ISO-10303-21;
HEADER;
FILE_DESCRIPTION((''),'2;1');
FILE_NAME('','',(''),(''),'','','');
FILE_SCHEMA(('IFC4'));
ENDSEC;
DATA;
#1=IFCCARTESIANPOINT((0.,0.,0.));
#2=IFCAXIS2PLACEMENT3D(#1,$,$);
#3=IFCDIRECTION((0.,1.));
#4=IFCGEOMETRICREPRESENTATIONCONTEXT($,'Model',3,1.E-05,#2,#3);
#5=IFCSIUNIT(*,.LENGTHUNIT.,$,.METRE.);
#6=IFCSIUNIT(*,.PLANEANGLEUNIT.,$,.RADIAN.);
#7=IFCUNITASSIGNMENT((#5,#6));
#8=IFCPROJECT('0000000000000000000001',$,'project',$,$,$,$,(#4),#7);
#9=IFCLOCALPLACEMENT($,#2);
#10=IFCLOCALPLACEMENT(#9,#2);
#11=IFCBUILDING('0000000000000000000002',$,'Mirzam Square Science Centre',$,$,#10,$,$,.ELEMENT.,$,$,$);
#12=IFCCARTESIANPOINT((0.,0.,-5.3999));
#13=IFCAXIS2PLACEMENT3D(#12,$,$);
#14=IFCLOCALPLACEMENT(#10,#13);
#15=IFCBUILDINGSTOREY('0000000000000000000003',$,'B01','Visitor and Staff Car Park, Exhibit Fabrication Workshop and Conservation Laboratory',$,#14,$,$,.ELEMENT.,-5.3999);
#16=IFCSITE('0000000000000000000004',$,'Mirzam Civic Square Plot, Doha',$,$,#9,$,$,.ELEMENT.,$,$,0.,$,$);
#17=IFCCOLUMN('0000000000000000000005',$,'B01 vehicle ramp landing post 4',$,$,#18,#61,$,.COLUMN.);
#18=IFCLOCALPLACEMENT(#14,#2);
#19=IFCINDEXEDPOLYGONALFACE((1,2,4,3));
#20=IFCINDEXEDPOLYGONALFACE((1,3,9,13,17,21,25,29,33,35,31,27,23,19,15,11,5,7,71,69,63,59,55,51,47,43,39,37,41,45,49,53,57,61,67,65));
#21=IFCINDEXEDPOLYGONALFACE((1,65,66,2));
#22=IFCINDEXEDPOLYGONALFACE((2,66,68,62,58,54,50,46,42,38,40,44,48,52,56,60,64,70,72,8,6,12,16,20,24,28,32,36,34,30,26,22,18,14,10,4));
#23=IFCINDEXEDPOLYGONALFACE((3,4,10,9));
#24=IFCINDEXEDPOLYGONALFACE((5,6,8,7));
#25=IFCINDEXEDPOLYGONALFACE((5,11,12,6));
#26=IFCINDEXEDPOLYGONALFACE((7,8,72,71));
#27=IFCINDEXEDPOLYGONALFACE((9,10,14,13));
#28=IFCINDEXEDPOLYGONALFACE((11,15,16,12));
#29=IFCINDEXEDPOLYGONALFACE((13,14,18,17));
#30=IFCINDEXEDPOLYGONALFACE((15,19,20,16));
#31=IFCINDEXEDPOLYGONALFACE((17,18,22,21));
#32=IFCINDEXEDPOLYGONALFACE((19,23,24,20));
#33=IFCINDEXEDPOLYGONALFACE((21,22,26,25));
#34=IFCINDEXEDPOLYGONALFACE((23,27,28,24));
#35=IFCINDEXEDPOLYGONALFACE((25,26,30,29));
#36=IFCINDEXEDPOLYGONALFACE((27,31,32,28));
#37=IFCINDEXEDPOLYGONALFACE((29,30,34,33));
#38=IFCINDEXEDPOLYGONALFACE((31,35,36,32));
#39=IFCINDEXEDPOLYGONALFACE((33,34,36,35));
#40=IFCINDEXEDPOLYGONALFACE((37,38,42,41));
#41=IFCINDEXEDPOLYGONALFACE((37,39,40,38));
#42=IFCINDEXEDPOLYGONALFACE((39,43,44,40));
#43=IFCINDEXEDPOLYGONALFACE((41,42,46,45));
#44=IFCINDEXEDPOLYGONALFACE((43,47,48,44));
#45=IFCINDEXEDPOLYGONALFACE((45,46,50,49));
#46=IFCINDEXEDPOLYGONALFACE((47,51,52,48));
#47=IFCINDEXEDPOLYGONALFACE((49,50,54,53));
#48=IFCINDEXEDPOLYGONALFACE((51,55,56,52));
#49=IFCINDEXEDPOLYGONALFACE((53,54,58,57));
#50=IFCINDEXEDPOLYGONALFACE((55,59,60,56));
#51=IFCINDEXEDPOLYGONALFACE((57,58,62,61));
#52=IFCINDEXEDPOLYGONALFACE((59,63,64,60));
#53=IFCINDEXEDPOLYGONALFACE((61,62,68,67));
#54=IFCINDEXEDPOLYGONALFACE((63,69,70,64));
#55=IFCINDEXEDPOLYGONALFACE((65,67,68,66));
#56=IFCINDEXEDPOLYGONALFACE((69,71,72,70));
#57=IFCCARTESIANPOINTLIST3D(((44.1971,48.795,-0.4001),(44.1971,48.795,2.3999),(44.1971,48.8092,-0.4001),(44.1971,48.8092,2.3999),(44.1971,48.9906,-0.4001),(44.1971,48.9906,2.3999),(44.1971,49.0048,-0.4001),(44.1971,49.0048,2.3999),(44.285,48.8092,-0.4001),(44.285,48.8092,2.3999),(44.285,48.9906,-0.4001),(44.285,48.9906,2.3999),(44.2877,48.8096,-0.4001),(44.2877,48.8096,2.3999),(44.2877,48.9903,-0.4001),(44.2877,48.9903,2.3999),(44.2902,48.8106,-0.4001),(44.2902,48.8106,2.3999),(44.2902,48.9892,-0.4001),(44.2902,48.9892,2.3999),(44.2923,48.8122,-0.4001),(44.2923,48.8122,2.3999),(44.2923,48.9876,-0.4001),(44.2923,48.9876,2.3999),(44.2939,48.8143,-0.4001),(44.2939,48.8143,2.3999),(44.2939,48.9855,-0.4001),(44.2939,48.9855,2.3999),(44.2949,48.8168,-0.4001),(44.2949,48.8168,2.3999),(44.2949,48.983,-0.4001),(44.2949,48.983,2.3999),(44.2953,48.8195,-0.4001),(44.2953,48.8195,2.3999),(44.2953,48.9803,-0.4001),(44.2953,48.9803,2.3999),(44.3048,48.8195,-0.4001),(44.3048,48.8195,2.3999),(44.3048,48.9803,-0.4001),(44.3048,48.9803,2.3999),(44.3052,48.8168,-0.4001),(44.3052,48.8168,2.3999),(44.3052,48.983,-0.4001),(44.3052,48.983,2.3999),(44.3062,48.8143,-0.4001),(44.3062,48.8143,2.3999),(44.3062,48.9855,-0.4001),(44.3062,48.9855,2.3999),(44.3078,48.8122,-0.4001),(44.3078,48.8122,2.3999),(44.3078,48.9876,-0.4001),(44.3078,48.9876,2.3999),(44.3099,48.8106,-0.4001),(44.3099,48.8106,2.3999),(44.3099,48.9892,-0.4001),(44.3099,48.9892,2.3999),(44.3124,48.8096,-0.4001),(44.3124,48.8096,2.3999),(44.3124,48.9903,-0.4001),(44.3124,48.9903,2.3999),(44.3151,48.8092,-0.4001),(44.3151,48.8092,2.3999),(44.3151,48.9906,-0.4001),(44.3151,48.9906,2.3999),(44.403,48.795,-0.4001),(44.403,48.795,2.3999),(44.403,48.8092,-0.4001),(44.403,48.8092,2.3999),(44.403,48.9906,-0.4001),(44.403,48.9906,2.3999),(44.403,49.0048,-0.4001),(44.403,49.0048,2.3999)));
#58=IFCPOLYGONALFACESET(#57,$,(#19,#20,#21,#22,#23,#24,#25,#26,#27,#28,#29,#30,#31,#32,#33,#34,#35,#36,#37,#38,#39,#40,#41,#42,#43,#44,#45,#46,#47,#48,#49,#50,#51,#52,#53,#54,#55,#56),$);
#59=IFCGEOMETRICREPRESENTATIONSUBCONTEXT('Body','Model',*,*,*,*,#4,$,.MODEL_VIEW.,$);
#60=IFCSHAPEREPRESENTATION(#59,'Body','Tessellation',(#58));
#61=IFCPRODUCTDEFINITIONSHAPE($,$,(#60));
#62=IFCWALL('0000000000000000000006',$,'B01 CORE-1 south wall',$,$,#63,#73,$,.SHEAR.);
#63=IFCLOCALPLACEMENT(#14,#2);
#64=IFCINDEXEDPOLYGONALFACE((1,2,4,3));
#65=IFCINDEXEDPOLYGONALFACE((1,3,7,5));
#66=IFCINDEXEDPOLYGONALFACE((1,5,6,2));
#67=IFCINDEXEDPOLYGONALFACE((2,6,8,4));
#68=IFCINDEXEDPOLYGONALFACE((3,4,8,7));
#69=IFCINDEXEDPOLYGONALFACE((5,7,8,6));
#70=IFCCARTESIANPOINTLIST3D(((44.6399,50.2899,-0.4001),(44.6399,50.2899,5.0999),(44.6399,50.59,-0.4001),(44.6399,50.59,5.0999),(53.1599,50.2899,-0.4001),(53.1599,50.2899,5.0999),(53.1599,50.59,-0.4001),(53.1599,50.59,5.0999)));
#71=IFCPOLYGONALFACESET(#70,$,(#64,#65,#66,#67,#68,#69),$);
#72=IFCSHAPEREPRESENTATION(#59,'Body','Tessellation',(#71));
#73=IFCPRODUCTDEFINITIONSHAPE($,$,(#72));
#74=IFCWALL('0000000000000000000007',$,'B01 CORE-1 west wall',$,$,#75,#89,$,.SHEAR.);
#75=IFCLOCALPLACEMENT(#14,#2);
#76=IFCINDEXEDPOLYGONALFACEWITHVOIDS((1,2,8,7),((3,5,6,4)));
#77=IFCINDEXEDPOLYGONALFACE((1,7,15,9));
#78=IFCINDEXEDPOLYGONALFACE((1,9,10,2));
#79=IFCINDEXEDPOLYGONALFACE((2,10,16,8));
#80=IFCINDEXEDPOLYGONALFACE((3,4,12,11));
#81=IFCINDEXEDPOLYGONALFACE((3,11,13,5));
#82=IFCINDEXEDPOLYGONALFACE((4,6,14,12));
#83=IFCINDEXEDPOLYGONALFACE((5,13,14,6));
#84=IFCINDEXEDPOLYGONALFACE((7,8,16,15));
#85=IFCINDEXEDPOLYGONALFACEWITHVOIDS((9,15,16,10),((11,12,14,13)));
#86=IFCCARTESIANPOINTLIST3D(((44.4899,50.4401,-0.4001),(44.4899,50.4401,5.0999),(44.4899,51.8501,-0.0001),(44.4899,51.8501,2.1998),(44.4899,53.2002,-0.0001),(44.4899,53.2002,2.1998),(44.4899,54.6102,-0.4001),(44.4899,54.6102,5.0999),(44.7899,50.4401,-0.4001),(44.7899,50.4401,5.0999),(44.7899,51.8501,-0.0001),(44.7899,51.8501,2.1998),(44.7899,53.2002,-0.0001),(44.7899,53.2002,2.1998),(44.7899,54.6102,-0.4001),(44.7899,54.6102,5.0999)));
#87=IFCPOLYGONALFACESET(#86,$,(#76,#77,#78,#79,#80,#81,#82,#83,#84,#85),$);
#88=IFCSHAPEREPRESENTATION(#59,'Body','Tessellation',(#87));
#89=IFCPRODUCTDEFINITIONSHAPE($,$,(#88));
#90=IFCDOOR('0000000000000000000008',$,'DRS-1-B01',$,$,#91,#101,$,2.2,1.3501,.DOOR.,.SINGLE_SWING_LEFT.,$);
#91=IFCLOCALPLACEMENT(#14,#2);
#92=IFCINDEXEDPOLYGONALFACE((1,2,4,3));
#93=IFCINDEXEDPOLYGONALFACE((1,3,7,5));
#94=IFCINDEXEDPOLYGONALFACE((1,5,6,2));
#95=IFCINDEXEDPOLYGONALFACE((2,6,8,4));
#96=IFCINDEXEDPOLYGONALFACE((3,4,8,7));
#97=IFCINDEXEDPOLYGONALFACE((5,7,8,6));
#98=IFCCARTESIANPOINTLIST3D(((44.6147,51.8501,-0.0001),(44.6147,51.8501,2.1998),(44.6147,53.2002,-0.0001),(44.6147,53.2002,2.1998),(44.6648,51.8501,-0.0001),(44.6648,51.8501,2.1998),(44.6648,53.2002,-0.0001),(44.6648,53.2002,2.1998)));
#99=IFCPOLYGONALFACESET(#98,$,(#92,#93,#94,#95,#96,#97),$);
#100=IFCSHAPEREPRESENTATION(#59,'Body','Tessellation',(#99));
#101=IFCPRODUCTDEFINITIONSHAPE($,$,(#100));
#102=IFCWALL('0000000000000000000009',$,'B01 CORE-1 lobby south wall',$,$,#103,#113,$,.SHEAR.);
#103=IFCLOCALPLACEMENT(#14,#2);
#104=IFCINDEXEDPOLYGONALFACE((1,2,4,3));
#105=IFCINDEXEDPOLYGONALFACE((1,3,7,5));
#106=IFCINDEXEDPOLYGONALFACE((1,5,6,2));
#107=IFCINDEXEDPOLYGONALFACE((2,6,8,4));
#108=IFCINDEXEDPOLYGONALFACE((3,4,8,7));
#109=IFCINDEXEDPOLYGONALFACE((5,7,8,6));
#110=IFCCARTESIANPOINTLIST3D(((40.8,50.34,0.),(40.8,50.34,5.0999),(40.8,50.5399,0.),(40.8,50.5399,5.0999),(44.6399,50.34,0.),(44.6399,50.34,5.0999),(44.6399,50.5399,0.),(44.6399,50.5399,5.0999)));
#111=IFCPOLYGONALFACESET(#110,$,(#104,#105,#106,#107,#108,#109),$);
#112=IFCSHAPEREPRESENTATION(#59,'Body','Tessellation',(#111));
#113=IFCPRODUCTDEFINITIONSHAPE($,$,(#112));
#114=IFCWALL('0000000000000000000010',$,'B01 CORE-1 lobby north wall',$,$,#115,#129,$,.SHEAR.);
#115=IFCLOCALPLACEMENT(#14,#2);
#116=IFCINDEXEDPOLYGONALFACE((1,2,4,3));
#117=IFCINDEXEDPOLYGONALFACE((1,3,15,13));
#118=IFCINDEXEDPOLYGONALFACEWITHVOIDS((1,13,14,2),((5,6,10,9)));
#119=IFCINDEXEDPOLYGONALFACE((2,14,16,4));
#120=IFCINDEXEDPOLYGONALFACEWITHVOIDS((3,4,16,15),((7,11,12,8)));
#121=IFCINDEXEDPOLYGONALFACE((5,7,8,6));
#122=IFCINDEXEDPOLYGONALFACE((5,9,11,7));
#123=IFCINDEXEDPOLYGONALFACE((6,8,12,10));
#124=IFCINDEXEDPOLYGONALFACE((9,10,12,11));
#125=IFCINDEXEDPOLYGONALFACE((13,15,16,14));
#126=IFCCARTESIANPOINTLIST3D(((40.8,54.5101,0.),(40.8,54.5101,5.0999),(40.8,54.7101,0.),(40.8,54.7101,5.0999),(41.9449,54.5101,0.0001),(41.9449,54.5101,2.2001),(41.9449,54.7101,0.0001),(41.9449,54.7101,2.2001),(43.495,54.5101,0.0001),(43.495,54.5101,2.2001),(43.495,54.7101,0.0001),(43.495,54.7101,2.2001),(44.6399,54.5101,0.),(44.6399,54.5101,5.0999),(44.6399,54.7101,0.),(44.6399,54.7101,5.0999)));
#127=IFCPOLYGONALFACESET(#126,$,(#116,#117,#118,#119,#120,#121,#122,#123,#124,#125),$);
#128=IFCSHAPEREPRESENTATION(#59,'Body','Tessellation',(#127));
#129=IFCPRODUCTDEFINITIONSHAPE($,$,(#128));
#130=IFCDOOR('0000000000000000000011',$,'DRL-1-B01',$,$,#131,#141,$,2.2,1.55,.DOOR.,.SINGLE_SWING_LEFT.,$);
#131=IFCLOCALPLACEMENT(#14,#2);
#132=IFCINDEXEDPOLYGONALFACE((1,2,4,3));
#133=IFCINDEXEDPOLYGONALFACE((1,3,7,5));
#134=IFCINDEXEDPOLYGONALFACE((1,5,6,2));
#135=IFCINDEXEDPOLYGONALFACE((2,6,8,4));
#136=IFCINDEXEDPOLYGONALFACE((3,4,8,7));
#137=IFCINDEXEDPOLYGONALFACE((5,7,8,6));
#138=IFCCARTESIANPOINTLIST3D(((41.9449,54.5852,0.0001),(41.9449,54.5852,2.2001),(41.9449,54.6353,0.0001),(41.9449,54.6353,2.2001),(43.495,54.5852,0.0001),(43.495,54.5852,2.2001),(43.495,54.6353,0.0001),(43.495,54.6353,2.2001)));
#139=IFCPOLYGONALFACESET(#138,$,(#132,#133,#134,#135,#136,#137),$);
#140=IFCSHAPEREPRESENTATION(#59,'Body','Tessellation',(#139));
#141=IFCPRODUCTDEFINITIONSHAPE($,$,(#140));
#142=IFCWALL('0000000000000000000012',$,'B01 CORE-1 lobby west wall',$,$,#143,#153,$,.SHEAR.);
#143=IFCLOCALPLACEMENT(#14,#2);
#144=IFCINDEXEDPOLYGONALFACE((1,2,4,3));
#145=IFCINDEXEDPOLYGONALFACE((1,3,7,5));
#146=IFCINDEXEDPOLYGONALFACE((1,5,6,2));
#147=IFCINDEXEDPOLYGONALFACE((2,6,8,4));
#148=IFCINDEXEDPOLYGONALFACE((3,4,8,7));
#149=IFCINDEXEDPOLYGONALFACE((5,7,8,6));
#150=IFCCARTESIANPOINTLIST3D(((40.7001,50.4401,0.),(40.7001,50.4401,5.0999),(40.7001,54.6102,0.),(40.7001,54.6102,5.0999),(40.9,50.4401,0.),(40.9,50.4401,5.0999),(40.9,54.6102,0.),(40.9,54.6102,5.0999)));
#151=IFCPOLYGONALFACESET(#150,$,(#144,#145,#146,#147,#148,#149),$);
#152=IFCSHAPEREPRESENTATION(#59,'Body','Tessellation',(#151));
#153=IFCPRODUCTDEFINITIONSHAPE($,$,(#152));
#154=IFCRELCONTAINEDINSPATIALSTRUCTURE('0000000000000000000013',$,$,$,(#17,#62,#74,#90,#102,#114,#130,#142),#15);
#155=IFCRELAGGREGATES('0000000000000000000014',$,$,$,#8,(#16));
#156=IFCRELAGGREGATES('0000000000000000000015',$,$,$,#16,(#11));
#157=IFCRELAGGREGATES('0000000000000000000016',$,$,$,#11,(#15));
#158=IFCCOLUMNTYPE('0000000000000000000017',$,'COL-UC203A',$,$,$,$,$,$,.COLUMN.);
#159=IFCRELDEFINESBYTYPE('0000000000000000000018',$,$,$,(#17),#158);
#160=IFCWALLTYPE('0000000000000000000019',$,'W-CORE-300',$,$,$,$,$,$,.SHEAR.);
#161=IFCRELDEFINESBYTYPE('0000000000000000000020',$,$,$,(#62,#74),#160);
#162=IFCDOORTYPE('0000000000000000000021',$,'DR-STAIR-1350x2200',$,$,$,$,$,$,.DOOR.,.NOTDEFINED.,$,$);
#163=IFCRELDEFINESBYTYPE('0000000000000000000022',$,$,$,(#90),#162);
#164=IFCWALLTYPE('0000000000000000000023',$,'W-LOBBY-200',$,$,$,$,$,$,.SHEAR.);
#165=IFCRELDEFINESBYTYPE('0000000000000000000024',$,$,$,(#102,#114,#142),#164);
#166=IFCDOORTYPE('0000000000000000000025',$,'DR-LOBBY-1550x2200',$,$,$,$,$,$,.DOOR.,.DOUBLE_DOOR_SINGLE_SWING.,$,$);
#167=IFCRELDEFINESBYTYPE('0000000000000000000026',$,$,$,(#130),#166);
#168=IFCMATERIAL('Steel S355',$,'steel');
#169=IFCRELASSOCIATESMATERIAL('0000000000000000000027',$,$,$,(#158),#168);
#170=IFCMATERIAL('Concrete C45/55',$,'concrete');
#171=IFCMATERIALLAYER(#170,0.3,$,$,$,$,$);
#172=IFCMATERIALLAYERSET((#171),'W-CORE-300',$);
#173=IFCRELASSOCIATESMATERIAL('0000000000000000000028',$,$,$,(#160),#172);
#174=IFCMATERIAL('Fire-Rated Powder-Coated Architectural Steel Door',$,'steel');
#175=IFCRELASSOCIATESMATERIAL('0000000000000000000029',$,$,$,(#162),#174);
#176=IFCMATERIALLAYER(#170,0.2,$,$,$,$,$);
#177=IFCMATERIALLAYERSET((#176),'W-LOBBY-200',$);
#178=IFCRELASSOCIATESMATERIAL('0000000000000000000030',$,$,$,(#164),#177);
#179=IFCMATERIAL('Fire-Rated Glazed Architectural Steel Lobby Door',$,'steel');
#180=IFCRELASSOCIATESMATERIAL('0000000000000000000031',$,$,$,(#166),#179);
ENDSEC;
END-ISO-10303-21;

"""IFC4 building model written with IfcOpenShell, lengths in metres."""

from ifc_helpers import new_model, si_unit, direction, frame, frame_2d, origin, origin_2d, place, context, subcontext, project, spatial, rectangle, i_section, extrude, material, layer, layer_set, material_profile, profile_set, type_object, element, fill, save


model = new_model("IFC4")

# Units and contexts
model_context = context("Model", 3, precision=1e-05, world=origin(), true_north=direction((0.0, 1.0)))
body_context = subcontext(model_context, "Body", "Model", "MODEL_VIEW")
ifc_project = project(units=[si_unit("LENGTHUNIT", "METRE"), si_unit("PLANEANGLEUNIT", "RADIAN")], contexts=[model_context])

# Site, building, storey
site_placement = place(None, origin())
site = spatial("IfcSite", under=ifc_project, at=site_placement, Name="Mirzam Civic Square Plot, Doha", CompositionType="ELEMENT", RefElevation=0.0)
building_placement = place(site_placement, origin())
building = spatial("IfcBuilding", under=site, at=building_placement, Name="Mirzam Square Science Centre", CompositionType="ELEMENT")
storey_placement = place(building_placement, frame((0.0, 0.0, -5.3999)))
storey = spatial("IfcBuildingStorey", under=building, at=storey_placement, Name="B01", Description="Visitor and Staff Car Park, Exhibit Fabrication Workshop and Conservation Laboratory", CompositionType="ELEMENT", Elevation=-5.3999)

# Shared definitions
ifc_material_1 = material(Name="Concrete C45/55", Category="concrete")

# Column
ifc_material_2 = material(Name="Steel S355", Category="steel")
ifc_material_profile_1 = material_profile(ifc_material_2, i_section(OverallWidth=0.2058, OverallDepth=0.2097, WebThickness=0.0095, FlangeThickness=0.0142, FilletRadius=0.0103, at=origin_2d()), Name="203x203x60UC")
ifc_profile_set_1 = profile_set([ifc_material_profile_1], Name="Steel S355")
column_type_1 = type_object("IfcColumnType", Name="COL-UC203A", PredefinedType="COLUMN", material=ifc_profile_set_1)
column_placement = place(storey_placement, frame((44.3, 48.8999, -0.4001), z_axis=(0.0, 0.0, 1.0), x_axis=(1.0, 0.0, 0.0)))
element("IfcColumn", 1, at=column_placement, inside=storey, type_object=column_type_1, Name="B01 vehicle ramp landing post 4", PredefinedType="COLUMN", context=body_context, shape_type="SweptSolid", body=[
    extrude(i_section(OverallWidth=0.2058, OverallDepth=0.2097, WebThickness=0.0095, FlangeThickness=0.0142, FilletRadius=0.0103, at=origin_2d()), origin(), (0.0, 0.0, 1.0), 2.8),
])

# Wall
ifc_layer_1 = layer(ifc_material_1, 0.3)
ifc_layer_set_1 = layer_set([ifc_layer_1], Name="W-CORE-300")
wall_type_1 = type_object("IfcWallType", Name="W-CORE-300", PredefinedType="SHEAR", material=ifc_layer_set_1)
wall_1_placement = place(storey_placement, frame((44.6399, 50.4399, -0.4001), z_axis=(0.0, 0.0, 1.0), x_axis=(1.0, 0.0, 0.0)))
element("IfcWall", 2, at=wall_1_placement, inside=storey, type_object=wall_type_1, Name="B01 CORE-1 south wall", PredefinedType="SHEAR", context=body_context, shape_type="SweptSolid", body=[
    extrude(rectangle(XDim=8.52, YDim=0.3, at=frame_2d((4.26, 0.0))), origin(), (0.0, 0.0, 1.0), 5.5),
])

# Wall, opening, door
wall_2_placement = place(storey_placement, frame((44.6399, 54.6101, -0.4001), z_axis=(0.0, 0.0, 1.0), x_axis=(0.0, -1.0, 0.0)))
wall_2 = element("IfcWall", 3, at=wall_2_placement, inside=storey, type_object=wall_type_1, Name="B01 CORE-1 west wall", PredefinedType="SHEAR", context=body_context, shape_type="SweptSolid", body=[
    extrude(rectangle(XDim=4.1702, YDim=0.3, at=frame_2d((2.085, 0.0))), origin(), (0.0, 0.0, 1.0), 5.5),
])
opening_1_placement = place(wall_2_placement, frame((1.4099, 0.0, 0.3999)))
opening_1 = element("IfcOpeningElement", 4, at=opening_1_placement, cuts=wall_2, PredefinedType="OPENING", context=body_context, shape_type="SweptSolid", body=[
    extrude(rectangle(XDim=1.3501, YDim=2.2, at=frame_2d((0.675, 1.1001))), frame((0.0, 0.1599, 0.0), z_axis=(0.0, -1.0, 0.0), x_axis=(1.0, 0.0, 0.0)), (0.0, 0.0, 1.0), 0.3201),
])
ifc_material_3 = material(Name="Fire-Rated Powder-Coated Architectural Steel Door", Category="steel")
door_type_1 = type_object("IfcDoorType", Name="DR-STAIR-1350x2200", OperationType="NOTDEFINED", PredefinedType="DOOR", material=ifc_material_3)
door_1_placement = place(opening_1_placement, origin())
door_1 = element("IfcDoor", 5, at=door_1_placement, inside=storey, type_object=door_type_1, Name="DRS-1-B01", OperationType="SINGLE_SWING_LEFT", OverallHeight=2.2, OverallWidth=1.3501, PredefinedType="DOOR", context=body_context, shape_type="SweptSolid", body=[
    extrude(rectangle(XDim=1.3501, YDim=2.2, at=frame_2d((0.675, 1.1001))), frame((0.0, 0.0249, 0.0), z_axis=(0.0, -1.0, 0.0), x_axis=(1.0, 0.0, 0.0)), (0.0, 0.0, 1.0), 0.05),
])
fill(opening_1, door_1)

# Wall
ifc_layer_2 = layer(ifc_material_1, 0.2)
ifc_layer_set_2 = layer_set([ifc_layer_2], Name="W-LOBBY-200")
wall_type_2 = type_object("IfcWallType", Name="W-LOBBY-200", PredefinedType="SHEAR", material=ifc_layer_set_2)
wall_3_placement = place(storey_placement, frame((40.8, 50.4399, 0.0), z_axis=(0.0, 0.0, 1.0), x_axis=(1.0, 0.0, 0.0)))
element("IfcWall", 6, at=wall_3_placement, inside=storey, type_object=wall_type_2, Name="B01 CORE-1 lobby south wall", PredefinedType="SHEAR", context=body_context, shape_type="SweptSolid", body=[
    extrude(rectangle(XDim=3.8398, YDim=0.2, at=frame_2d((1.9199, 0.0))), origin(), (0.0, 0.0, 1.0), 5.0999),
])

# Wall, opening, door
wall_4_placement = place(storey_placement, frame((44.6399, 54.6101, 0.0), z_axis=(0.0, 0.0, 1.0), x_axis=(-1.0, 0.0, 0.0)))
wall_4 = element("IfcWall", 7, at=wall_4_placement, inside=storey, type_object=wall_type_2, Name="B01 CORE-1 lobby north wall", PredefinedType="SHEAR", context=body_context, shape_type="SweptSolid", body=[
    extrude(rectangle(XDim=3.8398, YDim=0.2, at=frame_2d((1.9199, 0.0))), origin(), (0.0, 0.0, 1.0), 5.0999),
])
opening_2_placement = place(wall_4_placement, frame((1.145, 0.0, 0.0)))
opening_2 = element("IfcOpeningElement", 8, at=opening_2_placement, cuts=wall_4, PredefinedType="OPENING", context=body_context, shape_type="SweptSolid", body=[
    extrude(rectangle(XDim=1.55, YDim=2.2, at=frame_2d((0.7749, 1.1001))), frame((0.0, 0.1099, 0.0), z_axis=(0.0, -1.0, 0.0), x_axis=(1.0, 0.0, 0.0)), (0.0, 0.0, 1.0), 0.22),
])
ifc_material_4 = material(Name="Fire-Rated Glazed Architectural Steel Lobby Door", Category="steel")
door_type_2 = type_object("IfcDoorType", Name="DR-LOBBY-1550x2200", OperationType="DOUBLE_DOOR_SINGLE_SWING", PredefinedType="DOOR", material=ifc_material_4)
door_2_placement = place(opening_2_placement, origin())
door_2 = element("IfcDoor", 9, at=door_2_placement, inside=storey, type_object=door_type_2, Name="DRL-1-B01", OperationType="SINGLE_SWING_LEFT", OverallHeight=2.2, OverallWidth=1.55, PredefinedType="DOOR", context=body_context, shape_type="SweptSolid", body=[
    extrude(rectangle(XDim=1.55, YDim=2.2, at=frame_2d((0.7749, 1.1001))), frame((0.0, 0.0249, 0.0), z_axis=(0.0, -1.0, 0.0), x_axis=(1.0, 0.0, 0.0)), (0.0, 0.0, 1.0), 0.05),
])
fill(opening_2, door_2)

# Wall
wall_5_placement = place(storey_placement, frame((40.8, 54.6101, 0.0), z_axis=(0.0, 0.0, 1.0), x_axis=(0.0, -1.0, 0.0)))
element("IfcWall", 10, at=wall_5_placement, inside=storey, type_object=wall_type_2, Name="B01 CORE-1 lobby west wall", PredefinedType="SHEAR", context=body_context, shape_type="SweptSolid", body=[
    extrude(rectangle(XDim=4.1702, YDim=0.2, at=frame_2d((2.085, 0.0))), origin(), (0.0, 0.0, 1.0), 5.0999),
])

save(model, "model.ifc")
